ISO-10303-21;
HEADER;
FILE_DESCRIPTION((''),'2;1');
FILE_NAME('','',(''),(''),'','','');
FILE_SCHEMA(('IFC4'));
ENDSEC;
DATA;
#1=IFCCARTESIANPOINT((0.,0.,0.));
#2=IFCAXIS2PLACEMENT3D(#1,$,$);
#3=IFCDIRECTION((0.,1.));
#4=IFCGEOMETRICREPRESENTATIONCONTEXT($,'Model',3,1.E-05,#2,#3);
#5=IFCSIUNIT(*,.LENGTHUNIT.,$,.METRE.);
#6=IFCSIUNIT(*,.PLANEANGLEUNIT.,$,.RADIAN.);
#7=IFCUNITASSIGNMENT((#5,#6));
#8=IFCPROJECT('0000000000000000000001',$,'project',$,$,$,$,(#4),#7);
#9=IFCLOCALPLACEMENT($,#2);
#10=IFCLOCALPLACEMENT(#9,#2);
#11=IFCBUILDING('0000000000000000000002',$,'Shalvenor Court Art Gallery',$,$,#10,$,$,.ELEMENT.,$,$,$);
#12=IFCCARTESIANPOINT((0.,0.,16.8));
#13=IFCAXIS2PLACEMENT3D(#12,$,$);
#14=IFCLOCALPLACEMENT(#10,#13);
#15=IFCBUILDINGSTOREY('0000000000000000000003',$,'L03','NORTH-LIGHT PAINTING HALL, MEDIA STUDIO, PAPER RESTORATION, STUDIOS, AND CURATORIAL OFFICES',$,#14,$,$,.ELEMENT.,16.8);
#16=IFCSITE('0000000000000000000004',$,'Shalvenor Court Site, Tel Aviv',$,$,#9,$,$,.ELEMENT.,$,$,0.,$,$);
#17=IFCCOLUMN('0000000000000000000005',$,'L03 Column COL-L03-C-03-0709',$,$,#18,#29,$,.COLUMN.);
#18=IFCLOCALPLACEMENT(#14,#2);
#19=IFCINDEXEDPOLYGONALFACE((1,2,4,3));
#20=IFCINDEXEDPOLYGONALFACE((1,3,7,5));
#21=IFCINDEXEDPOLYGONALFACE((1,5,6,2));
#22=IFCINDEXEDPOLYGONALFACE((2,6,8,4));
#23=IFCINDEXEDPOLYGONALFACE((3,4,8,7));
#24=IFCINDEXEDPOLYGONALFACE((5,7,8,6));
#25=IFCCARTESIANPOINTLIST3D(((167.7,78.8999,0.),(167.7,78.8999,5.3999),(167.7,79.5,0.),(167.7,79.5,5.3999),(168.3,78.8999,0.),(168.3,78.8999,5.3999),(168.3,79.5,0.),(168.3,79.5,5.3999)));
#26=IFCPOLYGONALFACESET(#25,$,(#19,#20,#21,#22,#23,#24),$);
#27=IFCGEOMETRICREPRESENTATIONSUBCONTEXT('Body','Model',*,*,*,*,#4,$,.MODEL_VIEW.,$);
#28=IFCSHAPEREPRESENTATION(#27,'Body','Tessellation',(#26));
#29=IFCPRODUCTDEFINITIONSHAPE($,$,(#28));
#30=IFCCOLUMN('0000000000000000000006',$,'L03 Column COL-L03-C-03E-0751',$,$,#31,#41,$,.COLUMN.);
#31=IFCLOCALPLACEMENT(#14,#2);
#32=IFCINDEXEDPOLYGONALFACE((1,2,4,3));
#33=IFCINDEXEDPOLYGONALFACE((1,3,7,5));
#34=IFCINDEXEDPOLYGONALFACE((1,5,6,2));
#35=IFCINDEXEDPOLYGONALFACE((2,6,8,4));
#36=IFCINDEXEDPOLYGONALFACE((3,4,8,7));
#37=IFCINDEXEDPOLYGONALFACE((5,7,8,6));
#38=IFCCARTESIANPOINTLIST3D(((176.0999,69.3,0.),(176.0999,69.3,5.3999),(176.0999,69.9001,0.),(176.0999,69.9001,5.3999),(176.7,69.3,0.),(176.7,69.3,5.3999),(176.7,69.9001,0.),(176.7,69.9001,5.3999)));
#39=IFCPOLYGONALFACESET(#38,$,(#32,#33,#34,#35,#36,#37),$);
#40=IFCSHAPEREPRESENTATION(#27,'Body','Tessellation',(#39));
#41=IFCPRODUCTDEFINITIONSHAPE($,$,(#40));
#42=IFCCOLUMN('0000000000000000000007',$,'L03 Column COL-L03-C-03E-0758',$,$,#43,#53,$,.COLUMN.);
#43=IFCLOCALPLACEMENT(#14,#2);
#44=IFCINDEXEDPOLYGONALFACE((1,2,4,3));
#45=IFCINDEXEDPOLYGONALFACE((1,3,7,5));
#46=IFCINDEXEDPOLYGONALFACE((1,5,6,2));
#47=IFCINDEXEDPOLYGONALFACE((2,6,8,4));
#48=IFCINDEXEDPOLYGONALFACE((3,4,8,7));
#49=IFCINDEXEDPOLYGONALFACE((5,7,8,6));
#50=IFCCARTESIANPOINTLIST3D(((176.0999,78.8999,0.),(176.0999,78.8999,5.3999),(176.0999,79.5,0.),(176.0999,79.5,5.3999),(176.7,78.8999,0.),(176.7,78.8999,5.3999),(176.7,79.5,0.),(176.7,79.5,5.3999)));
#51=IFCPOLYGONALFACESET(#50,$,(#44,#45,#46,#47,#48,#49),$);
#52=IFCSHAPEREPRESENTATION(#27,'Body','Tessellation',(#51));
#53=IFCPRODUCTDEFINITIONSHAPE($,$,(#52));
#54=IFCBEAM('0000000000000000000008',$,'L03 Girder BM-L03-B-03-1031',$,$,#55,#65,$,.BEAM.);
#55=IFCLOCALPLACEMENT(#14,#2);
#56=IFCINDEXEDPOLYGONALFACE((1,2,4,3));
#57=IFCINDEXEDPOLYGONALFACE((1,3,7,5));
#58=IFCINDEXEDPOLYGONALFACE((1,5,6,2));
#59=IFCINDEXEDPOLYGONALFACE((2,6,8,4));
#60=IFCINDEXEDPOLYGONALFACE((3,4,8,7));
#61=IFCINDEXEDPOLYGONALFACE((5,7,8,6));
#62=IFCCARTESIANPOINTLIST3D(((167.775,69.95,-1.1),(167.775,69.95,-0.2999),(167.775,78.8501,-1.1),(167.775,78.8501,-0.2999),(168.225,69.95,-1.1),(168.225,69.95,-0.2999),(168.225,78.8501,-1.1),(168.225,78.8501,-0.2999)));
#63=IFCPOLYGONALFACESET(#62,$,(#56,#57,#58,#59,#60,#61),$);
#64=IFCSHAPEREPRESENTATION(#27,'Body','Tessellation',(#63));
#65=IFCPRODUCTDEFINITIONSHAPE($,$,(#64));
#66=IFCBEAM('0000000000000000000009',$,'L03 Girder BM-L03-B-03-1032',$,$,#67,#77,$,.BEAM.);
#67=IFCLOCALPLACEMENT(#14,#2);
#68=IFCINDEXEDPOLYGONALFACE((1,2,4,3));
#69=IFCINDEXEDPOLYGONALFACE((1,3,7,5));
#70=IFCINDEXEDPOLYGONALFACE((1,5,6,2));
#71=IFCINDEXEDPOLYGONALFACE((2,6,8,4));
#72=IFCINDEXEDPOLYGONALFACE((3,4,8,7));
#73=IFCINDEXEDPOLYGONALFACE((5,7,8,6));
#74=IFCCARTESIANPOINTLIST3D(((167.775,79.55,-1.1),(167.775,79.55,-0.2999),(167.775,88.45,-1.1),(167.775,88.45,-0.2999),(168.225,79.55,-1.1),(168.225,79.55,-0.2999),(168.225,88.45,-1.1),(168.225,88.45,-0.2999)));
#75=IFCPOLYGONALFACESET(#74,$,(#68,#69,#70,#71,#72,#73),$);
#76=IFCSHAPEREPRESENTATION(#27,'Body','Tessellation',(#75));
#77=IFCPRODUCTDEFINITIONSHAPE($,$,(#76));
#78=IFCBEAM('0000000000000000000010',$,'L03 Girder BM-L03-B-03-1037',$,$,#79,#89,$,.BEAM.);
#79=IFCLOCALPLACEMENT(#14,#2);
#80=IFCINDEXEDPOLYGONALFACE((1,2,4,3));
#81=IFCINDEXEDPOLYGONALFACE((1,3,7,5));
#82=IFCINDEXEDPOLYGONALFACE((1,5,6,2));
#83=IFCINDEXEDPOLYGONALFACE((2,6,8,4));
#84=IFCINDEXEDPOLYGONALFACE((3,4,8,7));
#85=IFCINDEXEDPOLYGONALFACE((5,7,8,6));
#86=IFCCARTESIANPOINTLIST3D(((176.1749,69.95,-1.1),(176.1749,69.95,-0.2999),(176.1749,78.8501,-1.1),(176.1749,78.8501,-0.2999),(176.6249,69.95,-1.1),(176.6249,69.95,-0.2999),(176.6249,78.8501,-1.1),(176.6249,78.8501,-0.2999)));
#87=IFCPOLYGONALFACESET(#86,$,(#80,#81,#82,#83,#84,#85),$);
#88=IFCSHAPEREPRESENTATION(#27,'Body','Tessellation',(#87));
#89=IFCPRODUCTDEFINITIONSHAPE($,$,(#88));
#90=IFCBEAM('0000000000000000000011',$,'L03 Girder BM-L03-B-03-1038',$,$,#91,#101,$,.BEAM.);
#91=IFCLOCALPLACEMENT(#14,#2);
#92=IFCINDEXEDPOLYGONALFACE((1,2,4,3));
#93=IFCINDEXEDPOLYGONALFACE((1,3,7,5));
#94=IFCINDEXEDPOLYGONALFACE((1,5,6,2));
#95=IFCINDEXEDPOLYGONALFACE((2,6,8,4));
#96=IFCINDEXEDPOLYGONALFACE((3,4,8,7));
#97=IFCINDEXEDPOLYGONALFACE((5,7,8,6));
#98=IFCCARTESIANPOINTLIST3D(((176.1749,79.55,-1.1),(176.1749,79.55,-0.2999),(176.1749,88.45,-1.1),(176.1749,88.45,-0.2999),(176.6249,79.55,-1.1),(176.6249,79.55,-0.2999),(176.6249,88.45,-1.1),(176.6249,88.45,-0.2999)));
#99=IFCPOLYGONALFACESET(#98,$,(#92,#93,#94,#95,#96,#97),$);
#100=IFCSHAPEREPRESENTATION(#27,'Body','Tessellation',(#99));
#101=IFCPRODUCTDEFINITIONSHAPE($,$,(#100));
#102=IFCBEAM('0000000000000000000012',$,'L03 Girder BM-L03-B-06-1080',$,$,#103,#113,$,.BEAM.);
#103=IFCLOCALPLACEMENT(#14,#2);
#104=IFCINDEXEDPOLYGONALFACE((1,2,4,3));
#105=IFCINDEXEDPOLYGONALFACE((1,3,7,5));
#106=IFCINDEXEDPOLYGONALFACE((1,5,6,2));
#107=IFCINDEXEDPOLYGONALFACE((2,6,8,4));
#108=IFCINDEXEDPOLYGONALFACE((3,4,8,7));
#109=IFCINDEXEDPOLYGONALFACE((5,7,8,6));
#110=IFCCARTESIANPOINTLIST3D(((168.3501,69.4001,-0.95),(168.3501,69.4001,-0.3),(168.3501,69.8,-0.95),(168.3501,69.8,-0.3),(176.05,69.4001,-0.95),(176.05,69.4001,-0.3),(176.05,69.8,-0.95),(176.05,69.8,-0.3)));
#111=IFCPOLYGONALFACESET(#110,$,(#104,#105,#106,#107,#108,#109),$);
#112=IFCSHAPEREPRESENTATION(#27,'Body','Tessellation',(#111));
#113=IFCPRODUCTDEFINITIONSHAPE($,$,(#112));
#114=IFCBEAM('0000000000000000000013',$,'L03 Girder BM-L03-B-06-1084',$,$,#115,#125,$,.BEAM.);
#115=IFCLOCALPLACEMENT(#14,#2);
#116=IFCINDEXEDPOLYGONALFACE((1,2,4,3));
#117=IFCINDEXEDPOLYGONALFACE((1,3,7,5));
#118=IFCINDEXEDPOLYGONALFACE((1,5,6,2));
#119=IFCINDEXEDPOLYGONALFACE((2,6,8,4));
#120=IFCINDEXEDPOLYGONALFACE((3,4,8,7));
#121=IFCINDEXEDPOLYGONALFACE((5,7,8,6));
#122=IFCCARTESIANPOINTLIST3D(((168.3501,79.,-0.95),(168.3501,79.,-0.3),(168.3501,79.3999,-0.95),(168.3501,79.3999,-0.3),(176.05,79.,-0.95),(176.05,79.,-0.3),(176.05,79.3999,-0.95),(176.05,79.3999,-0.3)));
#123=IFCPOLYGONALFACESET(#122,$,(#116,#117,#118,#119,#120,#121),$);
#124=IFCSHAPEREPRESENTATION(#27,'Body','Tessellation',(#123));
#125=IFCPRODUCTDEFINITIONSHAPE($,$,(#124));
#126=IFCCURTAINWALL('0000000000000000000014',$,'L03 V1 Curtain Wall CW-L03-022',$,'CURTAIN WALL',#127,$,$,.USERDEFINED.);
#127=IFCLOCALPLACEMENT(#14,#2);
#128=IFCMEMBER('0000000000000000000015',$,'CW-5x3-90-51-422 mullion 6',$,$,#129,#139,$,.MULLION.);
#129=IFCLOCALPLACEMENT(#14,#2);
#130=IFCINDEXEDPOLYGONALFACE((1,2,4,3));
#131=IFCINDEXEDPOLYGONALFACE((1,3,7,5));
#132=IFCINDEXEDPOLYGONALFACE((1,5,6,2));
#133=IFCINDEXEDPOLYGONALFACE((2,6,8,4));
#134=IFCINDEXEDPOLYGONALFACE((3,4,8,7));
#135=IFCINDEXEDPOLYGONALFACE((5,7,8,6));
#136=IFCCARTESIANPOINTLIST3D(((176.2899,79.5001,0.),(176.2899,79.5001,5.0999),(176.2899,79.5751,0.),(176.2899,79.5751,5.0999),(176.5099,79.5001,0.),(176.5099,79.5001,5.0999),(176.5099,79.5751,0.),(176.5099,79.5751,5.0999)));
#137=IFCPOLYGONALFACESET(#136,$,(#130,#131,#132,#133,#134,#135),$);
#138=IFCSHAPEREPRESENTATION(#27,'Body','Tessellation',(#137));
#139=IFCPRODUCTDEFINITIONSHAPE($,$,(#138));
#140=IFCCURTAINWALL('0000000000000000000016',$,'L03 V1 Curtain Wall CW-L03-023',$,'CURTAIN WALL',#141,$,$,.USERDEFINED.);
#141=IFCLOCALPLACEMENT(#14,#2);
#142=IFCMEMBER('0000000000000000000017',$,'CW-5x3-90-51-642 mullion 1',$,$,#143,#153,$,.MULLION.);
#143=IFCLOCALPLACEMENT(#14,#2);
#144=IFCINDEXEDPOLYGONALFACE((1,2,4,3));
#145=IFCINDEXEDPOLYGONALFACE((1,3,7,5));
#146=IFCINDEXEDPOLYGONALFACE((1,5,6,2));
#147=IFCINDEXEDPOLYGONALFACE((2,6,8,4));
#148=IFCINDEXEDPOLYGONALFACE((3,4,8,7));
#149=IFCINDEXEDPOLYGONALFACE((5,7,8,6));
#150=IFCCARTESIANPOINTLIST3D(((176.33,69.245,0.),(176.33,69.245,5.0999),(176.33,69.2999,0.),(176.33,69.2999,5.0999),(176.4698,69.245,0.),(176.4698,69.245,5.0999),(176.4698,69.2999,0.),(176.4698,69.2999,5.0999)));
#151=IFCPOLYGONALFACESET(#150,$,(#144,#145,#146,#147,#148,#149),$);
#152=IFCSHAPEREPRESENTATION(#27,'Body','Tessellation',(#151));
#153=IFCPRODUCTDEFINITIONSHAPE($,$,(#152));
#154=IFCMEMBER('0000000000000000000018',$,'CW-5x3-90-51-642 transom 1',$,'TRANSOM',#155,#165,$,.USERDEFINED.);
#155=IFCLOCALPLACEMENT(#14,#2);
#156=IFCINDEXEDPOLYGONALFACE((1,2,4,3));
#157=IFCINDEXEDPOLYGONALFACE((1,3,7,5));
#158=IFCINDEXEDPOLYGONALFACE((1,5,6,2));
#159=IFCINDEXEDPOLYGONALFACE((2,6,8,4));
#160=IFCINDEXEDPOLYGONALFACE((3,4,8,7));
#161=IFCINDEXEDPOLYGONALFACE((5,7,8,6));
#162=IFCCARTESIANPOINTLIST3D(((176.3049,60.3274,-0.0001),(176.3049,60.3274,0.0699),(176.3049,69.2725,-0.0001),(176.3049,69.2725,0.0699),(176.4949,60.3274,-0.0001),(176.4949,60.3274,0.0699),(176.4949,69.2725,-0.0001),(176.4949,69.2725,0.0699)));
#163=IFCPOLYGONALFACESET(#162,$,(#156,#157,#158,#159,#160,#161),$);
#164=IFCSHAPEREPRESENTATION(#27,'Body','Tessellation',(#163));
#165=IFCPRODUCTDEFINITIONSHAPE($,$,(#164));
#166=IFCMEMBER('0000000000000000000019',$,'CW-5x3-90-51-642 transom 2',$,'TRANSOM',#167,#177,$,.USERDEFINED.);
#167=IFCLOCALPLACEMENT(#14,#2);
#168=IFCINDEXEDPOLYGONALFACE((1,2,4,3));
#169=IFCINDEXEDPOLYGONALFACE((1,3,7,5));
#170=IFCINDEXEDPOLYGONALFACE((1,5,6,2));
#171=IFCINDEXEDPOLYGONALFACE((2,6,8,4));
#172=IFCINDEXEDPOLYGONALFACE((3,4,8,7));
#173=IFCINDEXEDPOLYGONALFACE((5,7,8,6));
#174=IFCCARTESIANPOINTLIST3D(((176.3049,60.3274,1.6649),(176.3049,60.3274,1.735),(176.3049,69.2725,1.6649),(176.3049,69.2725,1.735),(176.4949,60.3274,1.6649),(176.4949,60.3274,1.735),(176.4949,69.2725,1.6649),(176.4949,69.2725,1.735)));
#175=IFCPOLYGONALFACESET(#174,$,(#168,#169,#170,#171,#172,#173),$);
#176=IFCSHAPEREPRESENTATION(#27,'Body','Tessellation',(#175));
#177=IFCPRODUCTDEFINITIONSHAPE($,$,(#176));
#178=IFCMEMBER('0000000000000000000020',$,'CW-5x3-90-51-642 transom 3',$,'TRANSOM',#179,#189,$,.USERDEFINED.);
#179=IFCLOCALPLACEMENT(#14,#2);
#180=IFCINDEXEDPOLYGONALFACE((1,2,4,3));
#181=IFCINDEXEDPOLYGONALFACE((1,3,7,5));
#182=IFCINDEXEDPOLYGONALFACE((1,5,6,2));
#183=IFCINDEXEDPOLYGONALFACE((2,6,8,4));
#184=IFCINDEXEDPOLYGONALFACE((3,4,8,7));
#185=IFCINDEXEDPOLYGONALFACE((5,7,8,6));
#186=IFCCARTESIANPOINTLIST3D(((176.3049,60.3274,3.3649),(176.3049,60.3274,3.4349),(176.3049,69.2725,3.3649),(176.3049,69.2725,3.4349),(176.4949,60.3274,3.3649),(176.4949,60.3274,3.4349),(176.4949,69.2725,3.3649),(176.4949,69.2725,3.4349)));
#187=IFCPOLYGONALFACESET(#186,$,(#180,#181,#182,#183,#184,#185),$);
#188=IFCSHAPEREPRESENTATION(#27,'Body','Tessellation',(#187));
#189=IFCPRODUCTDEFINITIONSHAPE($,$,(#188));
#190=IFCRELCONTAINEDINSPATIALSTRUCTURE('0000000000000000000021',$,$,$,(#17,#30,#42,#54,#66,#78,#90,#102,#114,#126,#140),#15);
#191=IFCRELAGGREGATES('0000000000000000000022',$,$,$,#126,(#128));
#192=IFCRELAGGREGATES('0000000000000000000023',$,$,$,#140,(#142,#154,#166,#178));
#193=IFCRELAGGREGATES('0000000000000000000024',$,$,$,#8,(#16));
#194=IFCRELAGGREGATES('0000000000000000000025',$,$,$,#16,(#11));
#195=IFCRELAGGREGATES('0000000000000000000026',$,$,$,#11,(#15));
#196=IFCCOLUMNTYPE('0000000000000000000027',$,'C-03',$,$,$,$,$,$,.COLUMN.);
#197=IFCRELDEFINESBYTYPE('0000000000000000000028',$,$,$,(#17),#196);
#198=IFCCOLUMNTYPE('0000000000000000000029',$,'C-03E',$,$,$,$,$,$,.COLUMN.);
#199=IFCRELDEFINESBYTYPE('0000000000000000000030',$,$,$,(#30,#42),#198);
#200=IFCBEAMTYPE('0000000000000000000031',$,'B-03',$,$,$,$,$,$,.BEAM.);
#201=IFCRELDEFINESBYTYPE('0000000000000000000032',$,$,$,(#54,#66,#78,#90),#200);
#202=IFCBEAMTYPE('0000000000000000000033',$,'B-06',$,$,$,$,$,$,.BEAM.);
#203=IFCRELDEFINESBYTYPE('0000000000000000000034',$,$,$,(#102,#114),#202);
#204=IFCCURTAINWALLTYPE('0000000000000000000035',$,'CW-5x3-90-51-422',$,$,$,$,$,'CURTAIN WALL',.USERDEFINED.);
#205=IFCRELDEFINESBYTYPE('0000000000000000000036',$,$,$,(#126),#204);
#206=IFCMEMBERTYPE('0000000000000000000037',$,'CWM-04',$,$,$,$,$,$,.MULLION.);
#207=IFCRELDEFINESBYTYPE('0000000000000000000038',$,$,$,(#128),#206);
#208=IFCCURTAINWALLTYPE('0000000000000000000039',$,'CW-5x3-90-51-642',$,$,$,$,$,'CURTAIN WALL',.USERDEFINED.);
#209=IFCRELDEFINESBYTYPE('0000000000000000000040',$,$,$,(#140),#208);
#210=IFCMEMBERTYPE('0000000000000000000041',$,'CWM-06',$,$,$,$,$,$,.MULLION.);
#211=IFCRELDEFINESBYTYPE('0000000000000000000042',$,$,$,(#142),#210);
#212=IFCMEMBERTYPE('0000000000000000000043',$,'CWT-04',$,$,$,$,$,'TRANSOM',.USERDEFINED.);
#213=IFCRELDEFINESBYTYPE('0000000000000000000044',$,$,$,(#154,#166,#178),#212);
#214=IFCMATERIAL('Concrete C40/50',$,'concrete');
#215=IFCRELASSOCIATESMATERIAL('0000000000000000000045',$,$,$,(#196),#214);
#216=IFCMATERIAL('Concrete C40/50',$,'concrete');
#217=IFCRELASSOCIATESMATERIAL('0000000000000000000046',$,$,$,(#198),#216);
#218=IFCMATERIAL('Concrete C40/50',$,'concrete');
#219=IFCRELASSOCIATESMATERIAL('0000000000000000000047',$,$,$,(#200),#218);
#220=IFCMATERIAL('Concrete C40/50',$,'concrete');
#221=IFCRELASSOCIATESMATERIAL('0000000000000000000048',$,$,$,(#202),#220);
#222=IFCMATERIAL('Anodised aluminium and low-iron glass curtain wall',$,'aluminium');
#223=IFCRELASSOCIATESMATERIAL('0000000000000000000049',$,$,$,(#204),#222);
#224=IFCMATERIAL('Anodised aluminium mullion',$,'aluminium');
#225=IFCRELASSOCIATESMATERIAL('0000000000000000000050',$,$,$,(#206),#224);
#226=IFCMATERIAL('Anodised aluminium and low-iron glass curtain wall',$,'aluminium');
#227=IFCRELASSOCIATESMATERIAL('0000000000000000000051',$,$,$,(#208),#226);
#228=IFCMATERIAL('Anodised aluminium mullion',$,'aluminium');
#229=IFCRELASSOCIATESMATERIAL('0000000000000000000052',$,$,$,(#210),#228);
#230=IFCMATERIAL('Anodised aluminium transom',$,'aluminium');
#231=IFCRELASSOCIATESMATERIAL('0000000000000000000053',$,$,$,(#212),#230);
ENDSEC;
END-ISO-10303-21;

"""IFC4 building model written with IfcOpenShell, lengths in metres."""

from ifc_helpers import new_model, si_unit, direction, frame, origin, origin_2d, place, context, subcontext, project, spatial, rectangle, extrude, material, material_profile, profile_set, type_object, element, aggregate, save


model = new_model("IFC4")

# Units and contexts
model_context = context("Model", 3, precision=1e-05, world=origin(), true_north=direction((0.0, 1.0)))
body_context = subcontext(model_context, "Body", "Model", "MODEL_VIEW")
ifc_project = project(units=[si_unit("LENGTHUNIT", "METRE"), si_unit("PLANEANGLEUNIT", "RADIAN")], contexts=[model_context])

# Site, building, storey
site_placement = place(None, origin())
site = spatial("IfcSite", under=ifc_project, at=site_placement, Name="Shalvenor Court Site, Tel Aviv", CompositionType="ELEMENT", RefElevation=0.0)
building_placement = place(site_placement, origin())
building = spatial("IfcBuilding", under=site, at=building_placement, Name="Shalvenor Court Art Gallery", CompositionType="ELEMENT")
storey_placement = place(building_placement, frame((0.0, 0.0, 16.8)))
storey = spatial("IfcBuildingStorey", under=building, at=storey_placement, Name="L03", Description="NORTH-LIGHT PAINTING HALL, MEDIA STUDIO, PAPER RESTORATION, STUDIOS, AND CURATORIAL OFFICES", CompositionType="ELEMENT", Elevation=16.8)

# Columns
ifc_material_1 = material(Name="Concrete C40/50", Category="concrete")
ifc_material_profile_1 = material_profile(ifc_material_1, rectangle(XDim=0.6001, YDim=0.6001, at=origin_2d()), Name="RC 600x600")
ifc_profile_set_1 = profile_set([ifc_material_profile_1], Name="Concrete C40/50")
column_type_1 = type_object("IfcColumnType", Name="C-03", PredefinedType="COLUMN", material=ifc_profile_set_1)
column_placement = place(storey_placement, frame((168.0, 79.2, 0.0), z_axis=(0.0, 0.0, 1.0), x_axis=(1.0, 0.0, 0.0)))
element("IfcColumn", 1, at=column_placement, inside=storey, type_object=column_type_1, Name="L03 Column COL-L03-C-03-0709", PredefinedType="COLUMN", context=body_context, shape_type="SweptSolid", body=[
    extrude(rectangle(XDim=0.6001, YDim=0.6001, at=origin_2d()), origin(), (0.0, 0.0, 1.0), 5.3999),
])
ifc_material_2 = material(Name="Concrete C40/50", Category="concrete")
ifc_material_profile_2 = material_profile(ifc_material_2, rectangle(XDim=0.6001, YDim=0.6001, at=origin_2d()), Name="RC 600x600")
ifc_profile_set_2 = profile_set([ifc_material_profile_2], Name="Concrete C40/50")
column_type_2 = type_object("IfcColumnType", Name="C-03E", PredefinedType="COLUMN", material=ifc_profile_set_2)
for number, where, z_axis, x_axis, name in (
    (2, (176.3999, 69.6001, 0.0), (0.0, 0.0, 1.0), (1.0, 0.0, 0.0), "L03 Column COL-L03-C-03E-0751"),
    (3, (176.3999, 79.2, 0.0), (0.0, 0.0, 1.0), (1.0, 0.0, 0.0), "L03 Column COL-L03-C-03E-0758"),
):
    element("IfcColumn", number, at=place(storey_placement, frame(where, z_axis=z_axis, x_axis=x_axis)), inside=storey, type_object=column_type_2, Name=name, PredefinedType="COLUMN", context=body_context, shape_type="SweptSolid", body=[
        extrude(rectangle(XDim=0.6001, YDim=0.6001, at=origin_2d()), origin(), (0.0, 0.0, 1.0), 5.3999),
    ])

# Beams
ifc_material_3 = material(Name="Concrete C40/50", Category="concrete")
ifc_material_profile_3 = material_profile(ifc_material_3, rectangle(XDim=0.45, YDim=0.8, at=origin_2d()), Name="RC 450x800")
ifc_profile_set_3 = profile_set([ifc_material_profile_3], Name="Concrete C40/50")
beam_type_1 = type_object("IfcBeamType", Name="B-03", PredefinedType="BEAM", material=ifc_profile_set_3)
beam_1_placement = place(storey_placement, frame((168.0, 69.95, -0.7), z_axis=(0.0, 1.0, 0.0), x_axis=(-1.0, 0.0, 0.0)))
element("IfcBeam", 4, at=beam_1_placement, inside=storey, type_object=beam_type_1, Name="L03 Girder BM-L03-B-03-1031", PredefinedType="BEAM", context=body_context, shape_type="SweptSolid", body=[
    extrude(rectangle(XDim=0.45, YDim=0.8, at=origin_2d()), origin(), (0.0, 0.0, 1.0), 8.9001),
])
beam_2_placement = place(storey_placement, frame((168.0, 79.55, -0.7), z_axis=(0.0, 1.0, 0.0), x_axis=(-1.0, 0.0, 0.0)))
element("IfcBeam", 5, at=beam_2_placement, inside=storey, type_object=beam_type_1, Name="L03 Girder BM-L03-B-03-1032", PredefinedType="BEAM", context=body_context, shape_type="SweptSolid", body=[
    extrude(rectangle(XDim=0.45, YDim=0.8, at=origin_2d()), origin(), (0.0, 0.0, 1.0), 8.8999),
])
beam_3_placement = place(storey_placement, frame((176.3999, 69.95, -0.7), z_axis=(0.0, 1.0, 0.0), x_axis=(-1.0, 0.0, 0.0)))
element("IfcBeam", 6, at=beam_3_placement, inside=storey, type_object=beam_type_1, Name="L03 Girder BM-L03-B-03-1037", PredefinedType="BEAM", context=body_context, shape_type="SweptSolid", body=[
    extrude(rectangle(XDim=0.45, YDim=0.8, at=origin_2d()), origin(), (0.0, 0.0, 1.0), 8.9001),
])
beam_4_placement = place(storey_placement, frame((176.3999, 79.55, -0.7), z_axis=(0.0, 1.0, 0.0), x_axis=(-1.0, 0.0, 0.0)))
element("IfcBeam", 7, at=beam_4_placement, inside=storey, type_object=beam_type_1, Name="L03 Girder BM-L03-B-03-1038", PredefinedType="BEAM", context=body_context, shape_type="SweptSolid", body=[
    extrude(rectangle(XDim=0.45, YDim=0.8, at=origin_2d()), origin(), (0.0, 0.0, 1.0), 8.8999),
])
ifc_material_4 = material(Name="Concrete C40/50", Category="concrete")
ifc_material_profile_4 = material_profile(ifc_material_4, rectangle(XDim=0.3999, YDim=0.6499, at=origin_2d()), Name="RC 400x650")
ifc_profile_set_4 = profile_set([ifc_material_profile_4], Name="Concrete C40/50")
beam_type_2 = type_object("IfcBeamType", Name="B-06", PredefinedType="BEAM", material=ifc_profile_set_4)
for number, where, z_axis, x_axis, name in (
    (8, (168.3501, 69.6001, -0.625), (1.0, 0.0, 0.0), (0.0, 1.0, 0.0), "L03 Girder BM-L03-B-06-1080"),
    (9, (168.3501, 79.2, -0.625), (1.0, 0.0, 0.0), (0.0, 1.0, 0.0), "L03 Girder BM-L03-B-06-1084"),
):
    element("IfcBeam", number, at=place(storey_placement, frame(where, z_axis=z_axis, x_axis=x_axis)), inside=storey, type_object=beam_type_2, Name=name, PredefinedType="BEAM", context=body_context, shape_type="SweptSolid", body=[
        extrude(rectangle(XDim=0.3999, YDim=0.6499, at=origin_2d()), origin(), (0.0, 0.0, 1.0), 7.7),
    ])

# Curtain wall, member
ifc_material_5 = material(Name="Anodised aluminium and low-iron glass curtain wall", Category="aluminium")
curtain_wall_type_1 = type_object("IfcCurtainWallType", Name="CW-5x3-90-51-422", ElementType="CURTAIN WALL", PredefinedType="USERDEFINED", material=ifc_material_5)
curtain_wall_1_placement = place(storey_placement, origin())
curtain_wall_1 = element("IfcCurtainWall", 10, at=curtain_wall_1_placement, inside=storey, type_object=curtain_wall_type_1, Name="L03 V1 Curtain Wall CW-L03-022", ObjectType="CURTAIN WALL", PredefinedType="USERDEFINED")
ifc_material_6 = material(Name="Anodised aluminium mullion", Category="aluminium")
ifc_material_profile_5 = material_profile(ifc_material_6, rectangle(XDim=0.075, YDim=0.22, at=origin_2d()), Name="CWM-04")
ifc_profile_set_5 = profile_set([ifc_material_profile_5], Name="Anodised aluminium mullion")
member_type_1 = type_object("IfcMemberType", Name="CWM-04", PredefinedType="MULLION", material=ifc_profile_set_5)
member_1_placement = place(storey_placement, frame((176.3999, 79.5376, 0.0), z_axis=(0.0, 0.0, 1.0), x_axis=(0.0, -1.0, 0.0)))
member_1 = element("IfcMember", 11, at=member_1_placement, type_object=member_type_1, Name="CW-5x3-90-51-422 mullion 6", PredefinedType="MULLION", context=body_context, shape_type="SweptSolid", body=[
    extrude(rectangle(XDim=0.075, YDim=0.22, at=origin_2d()), origin(), (0.0, 0.0, 1.0), 5.0999),
])

# Curtain wall, members
ifc_material_7 = material(Name="Anodised aluminium and low-iron glass curtain wall", Category="aluminium")
curtain_wall_type_2 = type_object("IfcCurtainWallType", Name="CW-5x3-90-51-642", ElementType="CURTAIN WALL", PredefinedType="USERDEFINED", material=ifc_material_7)
curtain_wall_2_placement = place(storey_placement, origin())
curtain_wall_2 = element("IfcCurtainWall", 12, at=curtain_wall_2_placement, inside=storey, type_object=curtain_wall_type_2, Name="L03 V1 Curtain Wall CW-L03-023", ObjectType="CURTAIN WALL", PredefinedType="USERDEFINED")
ifc_material_8 = material(Name="Anodised aluminium mullion", Category="aluminium")
ifc_material_profile_6 = material_profile(ifc_material_8, rectangle(XDim=0.0549, YDim=0.1399, at=origin_2d()), Name="CWM-06")
ifc_profile_set_6 = profile_set([ifc_material_profile_6], Name="Anodised aluminium mullion")
member_type_2 = type_object("IfcMemberType", Name="CWM-06", PredefinedType="MULLION", material=ifc_profile_set_6)
member_2_placement = place(storey_placement, frame((176.3999, 69.2725, 0.0), z_axis=(0.0, 0.0, 1.0), x_axis=(0.0, -1.0, 0.0)))
member_2 = element("IfcMember", 13, at=member_2_placement, type_object=member_type_2, Name="CW-5x3-90-51-642 mullion 1", PredefinedType="MULLION", context=body_context, shape_type="SweptSolid", body=[
    extrude(rectangle(XDim=0.0549, YDim=0.1399, at=origin_2d()), origin(), (0.0, 0.0, 1.0), 5.0999),
])
ifc_material_9 = material(Name="Anodised aluminium transom", Category="aluminium")
ifc_material_profile_7 = material_profile(ifc_material_9, rectangle(XDim=0.1899, YDim=0.0701, at=origin_2d()), Name="CWT-04")
ifc_profile_set_7 = profile_set([ifc_material_profile_7], Name="Anodised aluminium transom")
member_type_3 = type_object("IfcMemberType", Name="CWT-04", ElementType="TRANSOM", PredefinedType="USERDEFINED", material=ifc_profile_set_7)
member_3_placement = place(storey_placement, frame((176.3999, 69.2725, 0.0349), z_axis=(0.0, -1.0, 0.0), x_axis=(1.0, 0.0, 0.0)))
member_3 = element("IfcMember", 14, at=member_3_placement, type_object=member_type_3, Name="CW-5x3-90-51-642 transom 1", ObjectType="TRANSOM", PredefinedType="USERDEFINED", context=body_context, shape_type="SweptSolid", body=[
    extrude(rectangle(XDim=0.1899, YDim=0.0701, at=origin_2d()), origin(), (0.0, 0.0, 1.0), 8.9451),
])
member_4_placement = place(storey_placement, frame((176.3999, 69.2725, 1.7), z_axis=(0.0, -1.0, 0.0), x_axis=(1.0, 0.0, 0.0)))
member_4 = element("IfcMember", 15, at=member_4_placement, type_object=member_type_3, Name="CW-5x3-90-51-642 transom 2", ObjectType="TRANSOM", PredefinedType="USERDEFINED", context=body_context, shape_type="SweptSolid", body=[
    extrude(rectangle(XDim=0.1899, YDim=0.0701, at=origin_2d()), origin(), (0.0, 0.0, 1.0), 8.9451),
])
member_5_placement = place(storey_placement, frame((176.3999, 69.2725, 3.3999), z_axis=(0.0, -1.0, 0.0), x_axis=(1.0, 0.0, 0.0)))
member_5 = element("IfcMember", 16, at=member_5_placement, type_object=member_type_3, Name="CW-5x3-90-51-642 transom 3", ObjectType="TRANSOM", PredefinedType="USERDEFINED", context=body_context, shape_type="SweptSolid", body=[
    extrude(rectangle(XDim=0.1899, YDim=0.0701, at=origin_2d()), origin(), (0.0, 0.0, 1.0), 8.9451),
])

aggregate(curtain_wall_1, [member_1])
aggregate(curtain_wall_2, [member_2, member_3, member_4, member_5])

save(model, "model.ifc")
